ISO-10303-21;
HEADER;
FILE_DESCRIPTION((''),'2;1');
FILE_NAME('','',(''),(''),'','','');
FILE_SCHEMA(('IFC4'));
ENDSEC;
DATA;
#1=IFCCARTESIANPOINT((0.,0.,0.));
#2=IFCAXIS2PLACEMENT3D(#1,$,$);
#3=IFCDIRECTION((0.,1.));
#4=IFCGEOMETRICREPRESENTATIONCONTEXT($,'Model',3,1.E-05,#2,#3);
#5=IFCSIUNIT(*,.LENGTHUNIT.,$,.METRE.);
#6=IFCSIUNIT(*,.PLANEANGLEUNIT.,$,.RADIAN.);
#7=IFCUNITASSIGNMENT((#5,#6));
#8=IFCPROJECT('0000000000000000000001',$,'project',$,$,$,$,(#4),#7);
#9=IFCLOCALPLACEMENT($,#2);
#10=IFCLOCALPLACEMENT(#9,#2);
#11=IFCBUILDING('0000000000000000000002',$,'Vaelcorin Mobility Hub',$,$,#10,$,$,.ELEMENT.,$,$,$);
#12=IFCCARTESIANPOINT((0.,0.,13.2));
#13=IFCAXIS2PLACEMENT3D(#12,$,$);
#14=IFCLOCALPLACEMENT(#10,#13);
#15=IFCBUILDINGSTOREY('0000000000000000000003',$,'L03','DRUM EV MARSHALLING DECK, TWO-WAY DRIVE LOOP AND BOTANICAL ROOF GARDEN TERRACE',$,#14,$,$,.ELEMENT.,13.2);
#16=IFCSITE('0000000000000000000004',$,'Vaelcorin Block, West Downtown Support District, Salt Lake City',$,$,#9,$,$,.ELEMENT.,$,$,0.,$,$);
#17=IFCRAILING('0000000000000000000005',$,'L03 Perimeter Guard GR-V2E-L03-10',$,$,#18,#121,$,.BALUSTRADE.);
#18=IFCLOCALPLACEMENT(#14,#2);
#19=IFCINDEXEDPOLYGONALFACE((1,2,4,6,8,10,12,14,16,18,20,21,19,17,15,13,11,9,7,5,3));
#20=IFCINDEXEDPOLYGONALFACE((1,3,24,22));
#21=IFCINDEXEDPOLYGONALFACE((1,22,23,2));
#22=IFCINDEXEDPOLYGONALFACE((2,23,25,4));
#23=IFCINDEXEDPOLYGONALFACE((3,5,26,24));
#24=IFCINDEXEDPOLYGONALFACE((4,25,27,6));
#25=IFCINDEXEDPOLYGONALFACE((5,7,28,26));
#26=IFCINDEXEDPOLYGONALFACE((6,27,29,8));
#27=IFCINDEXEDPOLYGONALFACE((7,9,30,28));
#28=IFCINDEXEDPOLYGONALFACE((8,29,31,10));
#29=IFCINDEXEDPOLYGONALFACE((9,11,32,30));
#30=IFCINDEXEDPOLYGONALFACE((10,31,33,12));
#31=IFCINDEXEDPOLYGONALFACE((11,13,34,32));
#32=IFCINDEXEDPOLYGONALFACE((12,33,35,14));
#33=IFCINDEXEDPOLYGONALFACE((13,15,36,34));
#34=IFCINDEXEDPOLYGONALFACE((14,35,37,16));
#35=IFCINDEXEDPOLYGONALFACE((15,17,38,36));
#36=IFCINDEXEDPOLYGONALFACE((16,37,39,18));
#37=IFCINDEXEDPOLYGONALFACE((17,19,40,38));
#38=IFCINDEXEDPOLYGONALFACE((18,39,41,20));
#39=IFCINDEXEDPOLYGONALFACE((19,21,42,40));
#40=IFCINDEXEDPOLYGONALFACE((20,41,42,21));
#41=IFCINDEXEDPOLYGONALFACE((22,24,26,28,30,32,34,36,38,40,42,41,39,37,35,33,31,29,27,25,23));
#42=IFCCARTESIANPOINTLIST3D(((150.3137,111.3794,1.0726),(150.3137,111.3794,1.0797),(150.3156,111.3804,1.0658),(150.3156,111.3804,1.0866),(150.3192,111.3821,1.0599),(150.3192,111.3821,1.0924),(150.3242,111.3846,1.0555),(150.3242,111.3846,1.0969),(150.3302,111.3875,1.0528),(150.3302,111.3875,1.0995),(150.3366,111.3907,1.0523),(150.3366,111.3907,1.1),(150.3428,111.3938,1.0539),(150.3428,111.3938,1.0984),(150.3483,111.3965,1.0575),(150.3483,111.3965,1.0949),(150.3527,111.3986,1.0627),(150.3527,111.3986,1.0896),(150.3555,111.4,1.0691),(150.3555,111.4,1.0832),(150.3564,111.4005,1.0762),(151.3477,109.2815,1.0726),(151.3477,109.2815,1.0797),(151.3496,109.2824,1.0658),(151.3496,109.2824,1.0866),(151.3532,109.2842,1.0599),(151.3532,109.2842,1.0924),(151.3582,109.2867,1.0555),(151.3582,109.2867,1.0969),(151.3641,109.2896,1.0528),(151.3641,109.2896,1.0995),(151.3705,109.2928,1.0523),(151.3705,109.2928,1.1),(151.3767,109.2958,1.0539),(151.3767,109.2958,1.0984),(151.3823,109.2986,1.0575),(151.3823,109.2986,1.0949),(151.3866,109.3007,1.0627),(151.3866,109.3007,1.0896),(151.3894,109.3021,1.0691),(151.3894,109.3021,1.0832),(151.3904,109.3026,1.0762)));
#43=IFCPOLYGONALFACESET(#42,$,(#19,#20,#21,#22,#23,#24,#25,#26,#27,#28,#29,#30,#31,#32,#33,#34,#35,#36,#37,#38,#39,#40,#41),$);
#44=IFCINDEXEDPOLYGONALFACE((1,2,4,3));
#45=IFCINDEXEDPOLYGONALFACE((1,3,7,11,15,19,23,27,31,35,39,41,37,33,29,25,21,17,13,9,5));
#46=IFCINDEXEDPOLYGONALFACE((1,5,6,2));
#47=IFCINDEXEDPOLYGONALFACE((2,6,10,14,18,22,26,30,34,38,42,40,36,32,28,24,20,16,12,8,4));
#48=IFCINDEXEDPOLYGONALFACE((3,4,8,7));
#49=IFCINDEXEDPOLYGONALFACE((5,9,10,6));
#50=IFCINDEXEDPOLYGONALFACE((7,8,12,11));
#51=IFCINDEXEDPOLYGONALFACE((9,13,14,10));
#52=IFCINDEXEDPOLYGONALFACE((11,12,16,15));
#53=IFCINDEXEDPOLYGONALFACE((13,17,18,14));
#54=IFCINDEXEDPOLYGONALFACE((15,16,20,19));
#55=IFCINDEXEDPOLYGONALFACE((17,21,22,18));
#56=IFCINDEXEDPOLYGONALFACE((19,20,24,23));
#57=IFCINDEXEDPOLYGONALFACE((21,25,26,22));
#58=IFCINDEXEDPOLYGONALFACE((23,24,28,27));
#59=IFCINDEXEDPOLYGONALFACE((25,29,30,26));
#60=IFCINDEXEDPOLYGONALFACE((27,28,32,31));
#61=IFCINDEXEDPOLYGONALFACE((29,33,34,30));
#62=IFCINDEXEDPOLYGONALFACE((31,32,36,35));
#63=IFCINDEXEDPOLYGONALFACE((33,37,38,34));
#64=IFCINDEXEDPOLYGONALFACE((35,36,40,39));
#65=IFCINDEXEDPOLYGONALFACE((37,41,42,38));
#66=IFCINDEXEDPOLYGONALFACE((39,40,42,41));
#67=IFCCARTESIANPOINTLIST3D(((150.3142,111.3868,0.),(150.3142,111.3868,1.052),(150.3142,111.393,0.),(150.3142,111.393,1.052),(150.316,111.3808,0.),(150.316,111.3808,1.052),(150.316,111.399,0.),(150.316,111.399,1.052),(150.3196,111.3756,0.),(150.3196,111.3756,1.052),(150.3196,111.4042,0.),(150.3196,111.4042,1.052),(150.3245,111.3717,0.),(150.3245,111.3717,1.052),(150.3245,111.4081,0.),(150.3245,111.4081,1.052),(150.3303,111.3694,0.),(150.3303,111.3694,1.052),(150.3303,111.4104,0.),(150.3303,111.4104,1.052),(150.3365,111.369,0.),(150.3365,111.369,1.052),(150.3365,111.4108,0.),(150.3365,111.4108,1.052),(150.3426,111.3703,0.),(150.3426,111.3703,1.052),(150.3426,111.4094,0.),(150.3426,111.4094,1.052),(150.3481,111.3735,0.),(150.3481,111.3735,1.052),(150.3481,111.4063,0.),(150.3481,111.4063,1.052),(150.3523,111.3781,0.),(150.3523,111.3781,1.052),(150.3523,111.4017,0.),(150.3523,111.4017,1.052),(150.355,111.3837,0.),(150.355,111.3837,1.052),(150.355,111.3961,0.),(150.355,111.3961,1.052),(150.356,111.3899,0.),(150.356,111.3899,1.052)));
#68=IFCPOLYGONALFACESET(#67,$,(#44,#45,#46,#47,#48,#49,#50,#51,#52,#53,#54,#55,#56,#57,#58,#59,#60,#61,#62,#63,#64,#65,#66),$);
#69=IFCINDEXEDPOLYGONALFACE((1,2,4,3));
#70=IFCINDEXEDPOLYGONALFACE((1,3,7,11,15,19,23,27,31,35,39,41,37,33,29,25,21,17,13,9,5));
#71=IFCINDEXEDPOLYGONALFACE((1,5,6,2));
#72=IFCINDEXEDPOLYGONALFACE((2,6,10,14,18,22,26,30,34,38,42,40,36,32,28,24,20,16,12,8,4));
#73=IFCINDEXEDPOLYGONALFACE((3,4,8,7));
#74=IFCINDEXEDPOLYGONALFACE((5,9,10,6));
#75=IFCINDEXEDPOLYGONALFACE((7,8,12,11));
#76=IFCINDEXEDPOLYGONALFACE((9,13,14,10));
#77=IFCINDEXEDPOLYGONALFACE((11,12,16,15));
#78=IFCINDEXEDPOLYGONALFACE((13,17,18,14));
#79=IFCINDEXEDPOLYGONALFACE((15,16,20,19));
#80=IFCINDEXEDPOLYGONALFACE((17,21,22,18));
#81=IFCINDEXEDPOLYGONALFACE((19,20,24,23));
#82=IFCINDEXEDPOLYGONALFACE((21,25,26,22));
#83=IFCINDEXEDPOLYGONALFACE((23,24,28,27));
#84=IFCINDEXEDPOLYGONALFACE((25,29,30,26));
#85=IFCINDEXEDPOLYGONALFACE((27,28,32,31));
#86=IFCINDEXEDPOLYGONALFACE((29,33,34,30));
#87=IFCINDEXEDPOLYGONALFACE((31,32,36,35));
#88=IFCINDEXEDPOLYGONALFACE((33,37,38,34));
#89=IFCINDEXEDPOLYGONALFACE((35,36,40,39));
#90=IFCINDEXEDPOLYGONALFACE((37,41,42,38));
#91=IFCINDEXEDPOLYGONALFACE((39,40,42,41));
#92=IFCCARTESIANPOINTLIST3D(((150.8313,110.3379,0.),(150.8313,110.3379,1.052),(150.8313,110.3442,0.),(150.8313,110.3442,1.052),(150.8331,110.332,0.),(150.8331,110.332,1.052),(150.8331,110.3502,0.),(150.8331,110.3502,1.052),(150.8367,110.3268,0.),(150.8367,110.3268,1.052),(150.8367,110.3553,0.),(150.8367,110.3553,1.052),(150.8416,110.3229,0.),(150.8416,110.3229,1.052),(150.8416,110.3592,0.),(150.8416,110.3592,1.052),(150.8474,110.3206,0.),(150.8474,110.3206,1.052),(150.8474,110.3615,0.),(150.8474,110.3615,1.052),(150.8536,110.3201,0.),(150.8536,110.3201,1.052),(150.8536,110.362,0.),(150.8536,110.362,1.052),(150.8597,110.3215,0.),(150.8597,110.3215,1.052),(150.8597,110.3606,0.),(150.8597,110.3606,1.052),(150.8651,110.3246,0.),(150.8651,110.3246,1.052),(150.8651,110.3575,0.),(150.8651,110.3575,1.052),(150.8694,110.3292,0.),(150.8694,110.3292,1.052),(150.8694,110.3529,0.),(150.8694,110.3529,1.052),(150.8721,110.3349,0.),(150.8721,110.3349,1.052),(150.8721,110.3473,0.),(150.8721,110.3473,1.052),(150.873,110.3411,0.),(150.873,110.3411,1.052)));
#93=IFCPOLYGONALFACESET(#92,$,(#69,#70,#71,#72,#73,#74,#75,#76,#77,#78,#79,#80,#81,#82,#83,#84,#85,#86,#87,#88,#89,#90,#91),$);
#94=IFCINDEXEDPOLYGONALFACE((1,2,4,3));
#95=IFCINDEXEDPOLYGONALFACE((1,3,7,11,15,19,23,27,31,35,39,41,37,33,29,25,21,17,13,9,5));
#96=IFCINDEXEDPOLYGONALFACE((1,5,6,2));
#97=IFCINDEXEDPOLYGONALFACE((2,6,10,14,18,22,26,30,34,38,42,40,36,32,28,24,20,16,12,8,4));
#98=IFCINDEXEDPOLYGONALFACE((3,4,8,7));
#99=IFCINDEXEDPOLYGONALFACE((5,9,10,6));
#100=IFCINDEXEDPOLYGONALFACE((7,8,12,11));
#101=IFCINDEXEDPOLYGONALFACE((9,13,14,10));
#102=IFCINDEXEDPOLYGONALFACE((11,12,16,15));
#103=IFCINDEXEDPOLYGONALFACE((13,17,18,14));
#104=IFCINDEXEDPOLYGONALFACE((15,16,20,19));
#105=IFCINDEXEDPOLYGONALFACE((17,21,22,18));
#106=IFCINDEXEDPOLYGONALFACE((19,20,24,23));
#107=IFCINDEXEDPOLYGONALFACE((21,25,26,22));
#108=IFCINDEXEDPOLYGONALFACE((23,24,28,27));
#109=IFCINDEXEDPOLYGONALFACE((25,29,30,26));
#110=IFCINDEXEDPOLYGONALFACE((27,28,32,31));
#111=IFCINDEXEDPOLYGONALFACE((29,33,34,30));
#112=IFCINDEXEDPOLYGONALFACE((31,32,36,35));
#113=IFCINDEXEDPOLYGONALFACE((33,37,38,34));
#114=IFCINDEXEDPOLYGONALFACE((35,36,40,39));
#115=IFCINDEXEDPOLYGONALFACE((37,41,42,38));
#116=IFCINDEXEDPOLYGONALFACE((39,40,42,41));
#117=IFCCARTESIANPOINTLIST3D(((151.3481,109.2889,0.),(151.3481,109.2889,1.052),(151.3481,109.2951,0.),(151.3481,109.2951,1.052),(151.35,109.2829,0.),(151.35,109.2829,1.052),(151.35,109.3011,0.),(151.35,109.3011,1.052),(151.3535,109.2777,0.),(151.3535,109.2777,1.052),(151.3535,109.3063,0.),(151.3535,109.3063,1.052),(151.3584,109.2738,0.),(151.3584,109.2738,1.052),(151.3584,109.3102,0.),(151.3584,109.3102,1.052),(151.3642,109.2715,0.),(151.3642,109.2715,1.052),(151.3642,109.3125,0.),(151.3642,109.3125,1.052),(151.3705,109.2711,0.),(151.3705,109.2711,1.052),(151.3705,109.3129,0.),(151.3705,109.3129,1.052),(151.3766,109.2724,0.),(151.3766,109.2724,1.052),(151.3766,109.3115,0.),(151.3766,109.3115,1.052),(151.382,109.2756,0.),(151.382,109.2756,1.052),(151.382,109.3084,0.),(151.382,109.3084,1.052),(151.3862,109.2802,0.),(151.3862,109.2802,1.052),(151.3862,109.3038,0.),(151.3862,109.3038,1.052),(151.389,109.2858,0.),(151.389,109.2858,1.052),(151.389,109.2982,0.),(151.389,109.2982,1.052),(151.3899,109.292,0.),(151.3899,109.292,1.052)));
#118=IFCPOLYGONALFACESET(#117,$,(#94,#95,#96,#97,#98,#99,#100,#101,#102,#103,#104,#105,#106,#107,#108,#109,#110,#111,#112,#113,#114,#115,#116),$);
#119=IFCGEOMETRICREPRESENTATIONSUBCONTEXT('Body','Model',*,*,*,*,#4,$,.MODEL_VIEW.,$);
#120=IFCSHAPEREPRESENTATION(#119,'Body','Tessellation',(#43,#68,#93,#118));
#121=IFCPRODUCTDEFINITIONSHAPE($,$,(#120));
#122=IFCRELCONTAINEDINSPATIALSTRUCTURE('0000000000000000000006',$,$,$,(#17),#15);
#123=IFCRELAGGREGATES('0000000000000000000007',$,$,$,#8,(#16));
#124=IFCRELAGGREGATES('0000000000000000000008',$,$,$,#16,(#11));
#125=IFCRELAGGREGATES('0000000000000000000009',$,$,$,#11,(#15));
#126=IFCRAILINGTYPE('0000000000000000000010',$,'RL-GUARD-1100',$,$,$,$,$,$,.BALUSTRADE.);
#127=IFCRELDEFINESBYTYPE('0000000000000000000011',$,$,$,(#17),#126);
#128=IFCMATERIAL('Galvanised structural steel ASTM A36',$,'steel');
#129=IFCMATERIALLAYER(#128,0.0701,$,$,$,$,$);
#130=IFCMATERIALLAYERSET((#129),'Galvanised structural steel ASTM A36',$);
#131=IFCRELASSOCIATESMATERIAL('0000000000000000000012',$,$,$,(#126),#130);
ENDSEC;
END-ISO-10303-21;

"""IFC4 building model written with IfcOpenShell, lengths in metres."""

from ifc_helpers import new_model, si_unit, direction, frame, origin, origin_2d, place, context, subcontext, project, spatial, circle, extrude, material, layer, layer_set, type_object, element, save


model = new_model("IFC4")

# Units and contexts
model_context = context("Model", 3, precision=1e-05, world=origin(), true_north=direction((0.0, 1.0)))
body_context = subcontext(model_context, "Body", "Model", "MODEL_VIEW")
ifc_project = project(units=[si_unit("LENGTHUNIT", "METRE"), si_unit("PLANEANGLEUNIT", "RADIAN")], contexts=[model_context])

# Site, building, storey
site_placement = place(None, origin())
site = spatial("IfcSite", under=ifc_project, at=site_placement, Name="Vaelcorin Block, West Downtown Support District, Salt Lake City", CompositionType="ELEMENT", RefElevation=0.0)
building_placement = place(site_placement, origin())
building = spatial("IfcBuilding", under=site, at=building_placement, Name="Vaelcorin Mobility Hub", CompositionType="ELEMENT")
storey_placement = place(building_placement, frame((0.0, 0.0, 13.2)))
storey = spatial("IfcBuildingStorey", under=building, at=storey_placement, Name="L03", Description="DRUM EV MARSHALLING DECK, TWO-WAY DRIVE LOOP AND BOTANICAL ROOF GARDEN TERRACE", CompositionType="ELEMENT", Elevation=13.2)

# Railing
ifc_material_1 = material(Name="Galvanised structural steel ASTM A36", Category="steel")
ifc_layer_1 = layer(ifc_material_1, 0.0701)
ifc_layer_set_1 = layer_set([ifc_layer_1], Name="Galvanised structural steel ASTM A36")
railing_type_1 = type_object("IfcRailingType", Name="RL-GUARD-1100", PredefinedType="BALUSTRADE", material=ifc_layer_set_1)
railing_1_placement = place(storey_placement, frame((150.335, 111.3899, 0.0)))
element("IfcRailing", 1, at=railing_1_placement, inside=storey, type_object=railing_type_1, Name="L03 Perimeter Guard GR-V2E-L03-10", PredefinedType="BALUSTRADE", context=body_context, shape_type="SweptSolid", body=[
    extrude(circle(Radius=0.0239, at=origin_2d()), frame((0.0, 0.0, 1.0762), z_axis=(0.44207, -0.89698, 0.0), x_axis=(0.89698, 0.44207, 0.0)), (0.0, 0.0, 1.0), 2.3389),
    extrude(circle(Radius=0.021, at=origin_2d()), origin(), (0.0, 0.0, 1.0), 1.052),
    extrude(circle(Radius=0.021, at=origin_2d()), frame((0.5171, -1.0488, 0.0)), (0.0, 0.0, 1.0), 1.052),
    extrude(circle(Radius=0.021, at=origin_2d()), frame((1.0339, -2.0979, 0.0)), (0.0, 0.0, 1.0), 1.052),
])

save(model, "model.ifc")
